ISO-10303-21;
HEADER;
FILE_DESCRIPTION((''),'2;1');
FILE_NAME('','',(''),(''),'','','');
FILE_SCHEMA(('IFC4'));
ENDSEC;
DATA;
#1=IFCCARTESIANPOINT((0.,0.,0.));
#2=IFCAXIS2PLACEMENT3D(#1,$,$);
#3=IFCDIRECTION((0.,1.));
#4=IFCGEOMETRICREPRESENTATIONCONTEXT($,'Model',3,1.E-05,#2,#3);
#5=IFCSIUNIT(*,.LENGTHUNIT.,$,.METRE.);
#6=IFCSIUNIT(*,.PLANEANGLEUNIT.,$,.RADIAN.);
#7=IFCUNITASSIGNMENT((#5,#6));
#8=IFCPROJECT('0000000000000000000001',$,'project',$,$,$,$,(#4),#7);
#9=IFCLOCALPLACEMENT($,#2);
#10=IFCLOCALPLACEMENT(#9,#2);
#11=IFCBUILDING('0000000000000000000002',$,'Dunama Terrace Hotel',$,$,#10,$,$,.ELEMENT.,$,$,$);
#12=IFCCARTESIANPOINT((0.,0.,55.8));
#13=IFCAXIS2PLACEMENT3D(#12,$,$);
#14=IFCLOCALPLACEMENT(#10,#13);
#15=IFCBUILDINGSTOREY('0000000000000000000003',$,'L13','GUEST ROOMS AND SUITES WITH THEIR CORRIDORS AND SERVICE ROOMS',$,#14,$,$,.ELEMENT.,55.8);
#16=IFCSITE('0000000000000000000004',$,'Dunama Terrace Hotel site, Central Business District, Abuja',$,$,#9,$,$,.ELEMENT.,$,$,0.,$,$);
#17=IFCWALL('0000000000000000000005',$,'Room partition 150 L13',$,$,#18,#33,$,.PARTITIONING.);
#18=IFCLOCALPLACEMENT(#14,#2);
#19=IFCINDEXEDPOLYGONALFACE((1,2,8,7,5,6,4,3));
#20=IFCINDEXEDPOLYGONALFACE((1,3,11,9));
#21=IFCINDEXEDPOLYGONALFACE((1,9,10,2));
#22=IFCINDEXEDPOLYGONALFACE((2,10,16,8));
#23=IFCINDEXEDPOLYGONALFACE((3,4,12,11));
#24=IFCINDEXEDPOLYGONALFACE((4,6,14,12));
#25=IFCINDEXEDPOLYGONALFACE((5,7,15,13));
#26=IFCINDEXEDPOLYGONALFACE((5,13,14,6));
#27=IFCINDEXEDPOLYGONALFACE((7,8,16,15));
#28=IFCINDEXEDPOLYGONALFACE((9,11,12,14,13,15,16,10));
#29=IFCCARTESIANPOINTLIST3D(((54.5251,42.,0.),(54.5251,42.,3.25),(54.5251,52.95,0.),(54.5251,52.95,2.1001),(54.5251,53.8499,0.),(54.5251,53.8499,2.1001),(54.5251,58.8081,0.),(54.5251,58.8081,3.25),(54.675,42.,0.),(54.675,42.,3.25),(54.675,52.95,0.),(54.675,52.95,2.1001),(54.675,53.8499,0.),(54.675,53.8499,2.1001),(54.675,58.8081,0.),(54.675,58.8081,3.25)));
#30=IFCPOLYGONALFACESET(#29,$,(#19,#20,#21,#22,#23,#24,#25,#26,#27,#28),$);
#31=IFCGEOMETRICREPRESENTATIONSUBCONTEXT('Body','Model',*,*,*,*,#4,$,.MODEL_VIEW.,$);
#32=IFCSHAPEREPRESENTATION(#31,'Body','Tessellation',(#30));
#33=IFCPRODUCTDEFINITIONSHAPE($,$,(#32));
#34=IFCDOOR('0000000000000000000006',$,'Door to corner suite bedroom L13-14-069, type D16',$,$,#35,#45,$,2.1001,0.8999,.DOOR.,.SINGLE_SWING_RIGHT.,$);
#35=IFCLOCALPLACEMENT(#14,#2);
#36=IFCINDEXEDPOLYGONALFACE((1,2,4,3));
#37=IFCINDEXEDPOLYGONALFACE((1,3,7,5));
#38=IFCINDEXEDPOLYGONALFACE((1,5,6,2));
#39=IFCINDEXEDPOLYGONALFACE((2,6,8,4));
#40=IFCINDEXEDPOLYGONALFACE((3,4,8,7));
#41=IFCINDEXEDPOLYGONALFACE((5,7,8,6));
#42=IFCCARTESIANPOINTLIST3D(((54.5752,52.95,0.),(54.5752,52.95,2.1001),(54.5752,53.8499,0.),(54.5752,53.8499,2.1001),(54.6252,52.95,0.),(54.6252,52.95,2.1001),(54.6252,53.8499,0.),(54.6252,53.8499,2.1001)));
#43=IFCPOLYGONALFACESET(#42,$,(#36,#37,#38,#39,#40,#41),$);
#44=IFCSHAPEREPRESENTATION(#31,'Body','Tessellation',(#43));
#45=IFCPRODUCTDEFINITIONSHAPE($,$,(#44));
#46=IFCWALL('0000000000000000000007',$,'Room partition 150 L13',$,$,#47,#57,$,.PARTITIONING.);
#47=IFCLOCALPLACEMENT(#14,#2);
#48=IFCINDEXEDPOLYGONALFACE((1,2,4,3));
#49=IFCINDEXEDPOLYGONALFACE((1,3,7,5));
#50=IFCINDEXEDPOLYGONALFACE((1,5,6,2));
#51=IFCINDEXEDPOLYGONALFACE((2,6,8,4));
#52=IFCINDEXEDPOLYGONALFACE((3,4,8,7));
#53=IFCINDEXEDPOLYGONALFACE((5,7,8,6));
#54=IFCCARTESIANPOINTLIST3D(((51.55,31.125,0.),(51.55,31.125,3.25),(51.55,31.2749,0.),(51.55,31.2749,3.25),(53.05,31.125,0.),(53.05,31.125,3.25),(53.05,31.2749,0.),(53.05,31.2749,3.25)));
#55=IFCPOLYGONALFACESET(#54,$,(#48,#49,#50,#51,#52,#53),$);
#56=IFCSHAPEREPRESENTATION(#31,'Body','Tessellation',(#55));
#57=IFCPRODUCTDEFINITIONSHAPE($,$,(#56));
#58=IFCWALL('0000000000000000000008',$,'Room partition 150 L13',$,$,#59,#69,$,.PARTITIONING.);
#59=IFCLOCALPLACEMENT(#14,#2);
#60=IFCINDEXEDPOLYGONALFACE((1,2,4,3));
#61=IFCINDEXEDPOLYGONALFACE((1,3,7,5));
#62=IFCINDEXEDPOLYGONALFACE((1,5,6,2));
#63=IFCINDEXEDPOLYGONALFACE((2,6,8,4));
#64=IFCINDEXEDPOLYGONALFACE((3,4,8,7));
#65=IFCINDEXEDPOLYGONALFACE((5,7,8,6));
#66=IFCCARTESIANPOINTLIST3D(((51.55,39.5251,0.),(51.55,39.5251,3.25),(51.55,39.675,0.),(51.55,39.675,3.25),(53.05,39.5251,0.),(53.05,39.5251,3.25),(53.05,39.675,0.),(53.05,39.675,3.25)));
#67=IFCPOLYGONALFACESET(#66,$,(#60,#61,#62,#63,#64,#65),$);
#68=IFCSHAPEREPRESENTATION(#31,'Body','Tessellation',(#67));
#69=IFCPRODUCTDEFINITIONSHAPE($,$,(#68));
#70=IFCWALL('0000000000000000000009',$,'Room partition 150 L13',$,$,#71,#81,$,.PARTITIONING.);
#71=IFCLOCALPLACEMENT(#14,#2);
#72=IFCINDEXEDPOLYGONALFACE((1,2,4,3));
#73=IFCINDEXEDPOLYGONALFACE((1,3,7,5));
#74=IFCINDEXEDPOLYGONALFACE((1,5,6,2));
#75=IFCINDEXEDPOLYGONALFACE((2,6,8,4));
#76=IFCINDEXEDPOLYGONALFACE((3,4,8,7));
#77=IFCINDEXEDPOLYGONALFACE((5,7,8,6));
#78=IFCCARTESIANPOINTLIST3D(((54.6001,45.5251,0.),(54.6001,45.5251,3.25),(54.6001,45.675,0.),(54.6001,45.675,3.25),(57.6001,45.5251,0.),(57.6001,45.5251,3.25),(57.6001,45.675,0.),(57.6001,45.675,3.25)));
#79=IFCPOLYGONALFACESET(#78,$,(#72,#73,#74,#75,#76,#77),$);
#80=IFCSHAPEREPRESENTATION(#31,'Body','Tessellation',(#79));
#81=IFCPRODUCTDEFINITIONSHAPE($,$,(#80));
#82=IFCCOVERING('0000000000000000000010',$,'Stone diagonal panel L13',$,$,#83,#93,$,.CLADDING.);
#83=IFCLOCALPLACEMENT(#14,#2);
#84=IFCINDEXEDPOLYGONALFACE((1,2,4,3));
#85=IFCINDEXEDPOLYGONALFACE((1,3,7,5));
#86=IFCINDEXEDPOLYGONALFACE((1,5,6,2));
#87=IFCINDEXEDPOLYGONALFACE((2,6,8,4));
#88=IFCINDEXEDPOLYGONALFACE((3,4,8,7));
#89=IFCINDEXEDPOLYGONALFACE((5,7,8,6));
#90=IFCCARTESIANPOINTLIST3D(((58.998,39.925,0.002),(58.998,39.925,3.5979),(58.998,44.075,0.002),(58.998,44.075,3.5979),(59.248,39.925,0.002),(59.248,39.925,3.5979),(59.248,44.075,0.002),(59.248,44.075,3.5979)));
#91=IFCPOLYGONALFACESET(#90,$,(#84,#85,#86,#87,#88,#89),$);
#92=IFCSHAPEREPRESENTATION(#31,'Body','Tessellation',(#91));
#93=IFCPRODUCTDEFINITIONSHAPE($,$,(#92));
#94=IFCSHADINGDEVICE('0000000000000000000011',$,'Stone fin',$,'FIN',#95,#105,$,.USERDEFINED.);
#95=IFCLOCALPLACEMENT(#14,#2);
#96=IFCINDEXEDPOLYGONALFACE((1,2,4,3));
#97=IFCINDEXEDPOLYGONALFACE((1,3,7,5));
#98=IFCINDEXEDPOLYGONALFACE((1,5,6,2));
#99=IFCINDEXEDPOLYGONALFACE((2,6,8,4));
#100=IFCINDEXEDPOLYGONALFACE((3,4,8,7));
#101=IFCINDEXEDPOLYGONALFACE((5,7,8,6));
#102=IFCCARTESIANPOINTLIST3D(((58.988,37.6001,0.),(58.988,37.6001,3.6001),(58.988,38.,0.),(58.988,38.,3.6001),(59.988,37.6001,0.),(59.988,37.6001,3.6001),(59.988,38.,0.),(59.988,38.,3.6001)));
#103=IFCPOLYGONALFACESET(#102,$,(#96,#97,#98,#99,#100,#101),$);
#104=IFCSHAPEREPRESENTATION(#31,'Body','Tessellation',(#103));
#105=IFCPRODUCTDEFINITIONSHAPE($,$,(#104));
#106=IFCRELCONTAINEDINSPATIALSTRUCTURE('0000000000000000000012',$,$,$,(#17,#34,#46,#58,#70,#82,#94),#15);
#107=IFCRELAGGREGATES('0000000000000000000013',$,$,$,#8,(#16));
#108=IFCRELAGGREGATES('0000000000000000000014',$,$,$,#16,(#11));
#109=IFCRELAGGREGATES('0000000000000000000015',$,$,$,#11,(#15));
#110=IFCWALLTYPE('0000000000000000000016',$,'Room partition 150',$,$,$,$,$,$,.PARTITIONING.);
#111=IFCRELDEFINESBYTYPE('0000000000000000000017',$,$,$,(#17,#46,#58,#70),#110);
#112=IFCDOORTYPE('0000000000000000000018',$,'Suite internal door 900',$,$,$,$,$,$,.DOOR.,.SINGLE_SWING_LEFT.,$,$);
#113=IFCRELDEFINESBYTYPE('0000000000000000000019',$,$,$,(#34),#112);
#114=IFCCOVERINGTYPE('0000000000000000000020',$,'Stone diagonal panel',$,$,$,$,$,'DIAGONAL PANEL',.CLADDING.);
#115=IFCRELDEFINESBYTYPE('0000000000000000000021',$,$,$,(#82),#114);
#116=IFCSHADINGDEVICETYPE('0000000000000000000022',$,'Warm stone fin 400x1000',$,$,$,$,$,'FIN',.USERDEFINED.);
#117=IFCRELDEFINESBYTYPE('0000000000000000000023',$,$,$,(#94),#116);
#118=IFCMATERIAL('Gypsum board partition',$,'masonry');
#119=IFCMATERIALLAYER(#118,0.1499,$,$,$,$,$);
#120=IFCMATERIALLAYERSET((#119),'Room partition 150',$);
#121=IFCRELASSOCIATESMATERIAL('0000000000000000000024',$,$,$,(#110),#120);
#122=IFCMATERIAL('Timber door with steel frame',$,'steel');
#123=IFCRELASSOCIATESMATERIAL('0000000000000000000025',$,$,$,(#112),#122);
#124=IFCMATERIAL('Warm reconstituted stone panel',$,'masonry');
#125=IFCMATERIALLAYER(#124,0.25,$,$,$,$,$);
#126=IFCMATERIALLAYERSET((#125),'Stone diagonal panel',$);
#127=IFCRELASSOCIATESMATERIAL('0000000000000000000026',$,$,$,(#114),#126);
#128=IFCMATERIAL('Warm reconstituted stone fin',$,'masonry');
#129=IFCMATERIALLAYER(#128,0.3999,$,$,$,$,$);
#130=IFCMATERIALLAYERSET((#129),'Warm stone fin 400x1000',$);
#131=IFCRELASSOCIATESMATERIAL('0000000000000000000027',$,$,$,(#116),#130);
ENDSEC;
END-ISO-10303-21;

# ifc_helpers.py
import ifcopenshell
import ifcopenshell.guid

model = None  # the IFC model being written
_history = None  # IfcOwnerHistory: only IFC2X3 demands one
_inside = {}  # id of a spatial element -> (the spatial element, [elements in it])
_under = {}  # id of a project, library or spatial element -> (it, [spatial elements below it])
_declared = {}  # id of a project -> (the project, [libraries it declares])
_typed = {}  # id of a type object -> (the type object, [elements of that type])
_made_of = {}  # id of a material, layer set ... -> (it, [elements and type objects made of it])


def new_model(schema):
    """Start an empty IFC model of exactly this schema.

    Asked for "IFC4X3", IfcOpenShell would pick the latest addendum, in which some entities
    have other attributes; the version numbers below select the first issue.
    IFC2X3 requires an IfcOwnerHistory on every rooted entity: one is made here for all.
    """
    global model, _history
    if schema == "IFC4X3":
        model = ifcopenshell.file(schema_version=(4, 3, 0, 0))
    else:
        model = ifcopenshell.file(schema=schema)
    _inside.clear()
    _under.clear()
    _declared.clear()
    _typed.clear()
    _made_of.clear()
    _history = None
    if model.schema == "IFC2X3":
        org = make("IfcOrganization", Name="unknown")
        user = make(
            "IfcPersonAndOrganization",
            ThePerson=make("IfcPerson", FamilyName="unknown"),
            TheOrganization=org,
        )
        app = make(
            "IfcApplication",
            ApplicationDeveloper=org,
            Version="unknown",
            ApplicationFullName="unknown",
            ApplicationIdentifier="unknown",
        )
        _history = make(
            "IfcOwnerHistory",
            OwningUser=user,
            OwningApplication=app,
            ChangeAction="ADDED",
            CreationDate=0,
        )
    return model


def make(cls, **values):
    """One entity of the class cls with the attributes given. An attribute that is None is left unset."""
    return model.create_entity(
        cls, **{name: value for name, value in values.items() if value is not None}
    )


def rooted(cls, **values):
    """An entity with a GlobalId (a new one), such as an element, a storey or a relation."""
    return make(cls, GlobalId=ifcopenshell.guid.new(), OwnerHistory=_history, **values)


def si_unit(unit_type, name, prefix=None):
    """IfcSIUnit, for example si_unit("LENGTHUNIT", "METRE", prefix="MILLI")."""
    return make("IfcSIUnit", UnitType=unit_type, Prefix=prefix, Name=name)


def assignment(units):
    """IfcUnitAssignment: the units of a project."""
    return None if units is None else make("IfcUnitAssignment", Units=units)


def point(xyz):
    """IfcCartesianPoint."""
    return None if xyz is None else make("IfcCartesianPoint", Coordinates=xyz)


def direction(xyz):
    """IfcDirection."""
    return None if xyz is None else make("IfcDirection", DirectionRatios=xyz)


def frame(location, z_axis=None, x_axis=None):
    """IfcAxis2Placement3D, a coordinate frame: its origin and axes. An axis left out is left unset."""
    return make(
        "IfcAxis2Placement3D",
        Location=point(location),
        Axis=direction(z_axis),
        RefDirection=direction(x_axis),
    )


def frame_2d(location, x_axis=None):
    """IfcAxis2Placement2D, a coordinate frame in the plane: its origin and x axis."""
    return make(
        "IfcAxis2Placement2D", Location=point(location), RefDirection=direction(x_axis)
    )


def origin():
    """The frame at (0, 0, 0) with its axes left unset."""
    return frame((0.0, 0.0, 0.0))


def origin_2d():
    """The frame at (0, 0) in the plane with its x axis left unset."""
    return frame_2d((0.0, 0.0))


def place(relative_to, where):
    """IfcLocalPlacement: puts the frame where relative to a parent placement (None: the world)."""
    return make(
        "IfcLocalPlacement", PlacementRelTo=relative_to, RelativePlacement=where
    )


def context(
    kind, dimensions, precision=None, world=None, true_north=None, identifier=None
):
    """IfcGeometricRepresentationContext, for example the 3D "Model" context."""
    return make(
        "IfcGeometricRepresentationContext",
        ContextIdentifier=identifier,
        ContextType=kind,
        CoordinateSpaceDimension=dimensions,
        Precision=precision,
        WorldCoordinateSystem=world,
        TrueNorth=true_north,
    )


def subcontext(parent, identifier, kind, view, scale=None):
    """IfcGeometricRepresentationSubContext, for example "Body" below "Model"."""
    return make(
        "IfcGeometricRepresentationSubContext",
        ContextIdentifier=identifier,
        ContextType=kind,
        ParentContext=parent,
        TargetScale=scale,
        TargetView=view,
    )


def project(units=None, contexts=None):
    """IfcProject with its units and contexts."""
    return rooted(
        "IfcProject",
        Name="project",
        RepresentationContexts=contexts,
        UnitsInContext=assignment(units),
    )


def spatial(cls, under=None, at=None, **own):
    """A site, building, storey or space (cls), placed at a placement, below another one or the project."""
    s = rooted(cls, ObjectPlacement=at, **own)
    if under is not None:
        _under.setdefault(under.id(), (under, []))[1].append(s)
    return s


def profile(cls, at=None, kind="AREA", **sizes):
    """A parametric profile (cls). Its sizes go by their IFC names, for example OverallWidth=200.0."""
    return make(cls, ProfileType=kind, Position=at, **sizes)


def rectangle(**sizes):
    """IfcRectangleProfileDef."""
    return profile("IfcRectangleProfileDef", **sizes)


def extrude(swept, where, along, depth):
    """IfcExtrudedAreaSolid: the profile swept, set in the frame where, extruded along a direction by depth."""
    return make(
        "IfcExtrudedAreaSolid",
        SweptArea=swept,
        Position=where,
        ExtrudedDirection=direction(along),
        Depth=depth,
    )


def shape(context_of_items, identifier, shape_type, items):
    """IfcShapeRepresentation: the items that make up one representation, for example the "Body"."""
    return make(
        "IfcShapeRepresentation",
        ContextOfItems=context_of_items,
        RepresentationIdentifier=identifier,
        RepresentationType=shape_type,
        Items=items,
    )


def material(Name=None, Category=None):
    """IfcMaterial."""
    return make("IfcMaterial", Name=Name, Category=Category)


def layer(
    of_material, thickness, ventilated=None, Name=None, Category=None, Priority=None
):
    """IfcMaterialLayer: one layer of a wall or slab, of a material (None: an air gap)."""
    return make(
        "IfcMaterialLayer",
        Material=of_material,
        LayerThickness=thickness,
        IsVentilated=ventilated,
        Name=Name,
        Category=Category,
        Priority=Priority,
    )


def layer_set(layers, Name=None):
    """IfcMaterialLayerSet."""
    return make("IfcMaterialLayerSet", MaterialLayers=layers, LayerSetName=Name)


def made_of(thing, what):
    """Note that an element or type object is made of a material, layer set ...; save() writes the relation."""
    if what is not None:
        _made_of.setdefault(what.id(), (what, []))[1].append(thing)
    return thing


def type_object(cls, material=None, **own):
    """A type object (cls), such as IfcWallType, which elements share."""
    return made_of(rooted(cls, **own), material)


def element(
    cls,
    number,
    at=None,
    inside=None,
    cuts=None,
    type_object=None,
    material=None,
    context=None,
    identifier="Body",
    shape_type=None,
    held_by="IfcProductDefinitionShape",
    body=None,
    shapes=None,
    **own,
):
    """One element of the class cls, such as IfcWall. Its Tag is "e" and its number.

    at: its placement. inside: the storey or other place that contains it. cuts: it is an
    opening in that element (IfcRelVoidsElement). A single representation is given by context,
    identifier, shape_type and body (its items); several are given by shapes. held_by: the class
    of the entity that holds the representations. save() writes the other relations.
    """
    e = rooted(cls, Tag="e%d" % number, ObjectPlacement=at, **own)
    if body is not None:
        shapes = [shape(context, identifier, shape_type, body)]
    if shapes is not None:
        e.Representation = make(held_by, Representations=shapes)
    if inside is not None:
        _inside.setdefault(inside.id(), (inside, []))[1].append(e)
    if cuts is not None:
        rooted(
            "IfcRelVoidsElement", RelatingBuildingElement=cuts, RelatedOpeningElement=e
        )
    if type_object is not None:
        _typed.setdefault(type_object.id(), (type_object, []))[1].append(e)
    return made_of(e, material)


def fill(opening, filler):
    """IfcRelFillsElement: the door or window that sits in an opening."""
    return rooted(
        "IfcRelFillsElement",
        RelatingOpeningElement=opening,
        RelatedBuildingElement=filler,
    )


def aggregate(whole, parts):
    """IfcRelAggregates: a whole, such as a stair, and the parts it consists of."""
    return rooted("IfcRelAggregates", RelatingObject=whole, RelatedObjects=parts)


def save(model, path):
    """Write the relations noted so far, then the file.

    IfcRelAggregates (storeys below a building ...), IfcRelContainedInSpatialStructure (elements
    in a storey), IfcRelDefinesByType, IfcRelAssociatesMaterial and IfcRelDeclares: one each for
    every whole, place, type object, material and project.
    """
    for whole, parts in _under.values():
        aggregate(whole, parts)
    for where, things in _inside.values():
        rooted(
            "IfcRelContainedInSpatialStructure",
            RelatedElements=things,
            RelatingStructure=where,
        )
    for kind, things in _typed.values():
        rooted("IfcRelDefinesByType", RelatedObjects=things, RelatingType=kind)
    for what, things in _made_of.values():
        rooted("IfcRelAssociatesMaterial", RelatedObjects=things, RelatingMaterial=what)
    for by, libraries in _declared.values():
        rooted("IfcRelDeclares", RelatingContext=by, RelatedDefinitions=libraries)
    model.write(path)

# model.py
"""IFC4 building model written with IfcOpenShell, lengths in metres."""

from ifc_helpers import new_model, si_unit, direction, frame, frame_2d, origin, origin_2d, place, context, subcontext, project, spatial, rectangle, extrude, material, layer, layer_set, type_object, element, fill, save


model = new_model("IFC4")

# Units and contexts
model_context = context("Model", 3, precision=1e-05, world=origin(), true_north=direction((0.0, 1.0)))
body_context = subcontext(model_context, "Body", "Model", "MODEL_VIEW")
ifc_project = project(units=[si_unit("LENGTHUNIT", "METRE"), si_unit("PLANEANGLEUNIT", "RADIAN")], contexts=[model_context])

# Site, building, storey
site_placement = place(None, origin())
site = spatial("IfcSite", under=ifc_project, at=site_placement, Name="Dunama Terrace Hotel site, Central Business District, Abuja", CompositionType="ELEMENT", RefElevation=0.0)
building_placement = place(site_placement, origin())
building = spatial("IfcBuilding", under=site, at=building_placement, Name="Dunama Terrace Hotel", CompositionType="ELEMENT")
storey_placement = place(building_placement, frame((0.0, 0.0, 55.8)))
storey = spatial("IfcBuildingStorey", under=building, at=storey_placement, Name="L13", Description="GUEST ROOMS AND SUITES WITH THEIR CORRIDORS AND SERVICE ROOMS", CompositionType="ELEMENT", Elevation=55.8)

# Shared definitions
ifc_material_1 = material(Name="Gypsum board partition", Category="masonry")
ifc_layer_1 = layer(ifc_material_1, 0.1499)
ifc_layer_set_1 = layer_set([ifc_layer_1], Name="Room partition 150")
wall_type_1 = type_object("IfcWallType", Name="Room partition 150", PredefinedType="PARTITIONING", material=ifc_layer_set_1)

# Wall, opening, door
ifc_material_2 = material(Name="Timber door with steel frame", Category="steel")
door_type_1 = type_object("IfcDoorType", Name="Suite internal door 900", OperationType="SINGLE_SWING_LEFT", PredefinedType="DOOR", material=ifc_material_2)
wall_1_placement = place(storey_placement, frame((54.6001, 42.0, 0.0), z_axis=(0.0, 0.0, 1.0), x_axis=(0.0, 1.0, 0.0)))
wall_1 = element("IfcWall", 1, at=wall_1_placement, inside=storey, type_object=wall_type_1, Name="Room partition 150 L13", PredefinedType="PARTITIONING", context=body_context, shape_type="SweptSolid", body=[
    extrude(rectangle(XDim=16.8081, YDim=0.1499, at=frame_2d((8.4041, 0.0))), origin(), (0.0, 0.0, 1.0), 3.25),
])
opening_1_placement = place(wall_1_placement, frame((10.95, 0.0, 0.0)))
opening_1 = element("IfcOpeningElement", 2, at=opening_1_placement, cuts=wall_1, PredefinedType="OPENING", context=body_context, shape_type="SweptSolid", body=[
    extrude(rectangle(XDim=0.8999, YDim=2.1001, at=frame_2d((0.45, 1.05))), frame((0.0, 0.085, 0.0), z_axis=(0.0, -1.0, 0.0), x_axis=(1.0, 0.0, 0.0)), (0.0, 0.0, 1.0), 0.1699),
])
door_1_placement = place(opening_1_placement, frame((0.8999, 0.0, 0.0), z_axis=(0.0, 0.0, 1.0), x_axis=(-1.0, 0.0, 0.0)))
door_1 = element("IfcDoor", 3, at=door_1_placement, inside=storey, type_object=door_type_1, Name="Door to corner suite bedroom L13-14-069, type D16", OperationType="SINGLE_SWING_RIGHT", OverallHeight=2.1001, OverallWidth=0.8999, PredefinedType="DOOR", context=body_context, shape_type="SweptSolid", body=[
    extrude(rectangle(XDim=0.8999, YDim=2.1001, at=frame_2d((0.45, 1.05))), frame((0.0, 0.0251, 0.0), z_axis=(0.0, -1.0, 0.0), x_axis=(1.0, 0.0, 0.0)), (0.0, 0.0, 1.0), 0.05),
])
fill(opening_1, door_1)

# Walls
for number, where, z_axis, x_axis, name in (
    (4, (51.55, 31.2, 0.0), (0.0, 0.0, 1.0), (1.0, 0.0, 0.0), "Room partition 150 L13"),
    (5, (51.55, 39.6001, 0.0), (0.0, 0.0, 1.0), (1.0, 0.0, 0.0), "Room partition 150 L13"),
):
    element("IfcWall", number, at=place(storey_placement, frame(where, z_axis=z_axis, x_axis=x_axis)), inside=storey, type_object=wall_type_1, Name=name, PredefinedType="PARTITIONING", context=body_context, shape_type="SweptSolid", body=[
        extrude(rectangle(XDim=1.5, YDim=0.1499, at=frame_2d((0.75, 0.0))), origin(), (0.0, 0.0, 1.0), 3.25),
    ])
wall_2_placement = place(storey_placement, frame((54.6001, 45.6001, 0.0), z_axis=(0.0, 0.0, 1.0), x_axis=(1.0, 0.0, 0.0)))
element("IfcWall", 6, at=wall_2_placement, inside=storey, type_object=wall_type_1, Name="Room partition 150 L13", PredefinedType="PARTITIONING", context=body_context, shape_type="SweptSolid", body=[
    extrude(rectangle(XDim=3.0, YDim=0.1499, at=frame_2d((1.5, 0.0))), origin(), (0.0, 0.0, 1.0), 3.25),
])

# Covering
ifc_material_3 = material(Name="Warm reconstituted stone panel", Category="masonry")
ifc_layer_2 = layer(ifc_material_3, 0.25)
ifc_layer_set_2 = layer_set([ifc_layer_2], Name="Stone diagonal panel")
covering_type = type_object("IfcCoveringType", Name="Stone diagonal panel", ElementType="DIAGONAL PANEL", PredefinedType="CLADDING", material=ifc_layer_set_2)
covering_placement = place(storey_placement, frame((59.123, 42.0, 0.002), z_axis=(0.0, 0.0, 1.0), x_axis=(0.0, 1.0, 0.0)))
element("IfcCovering", 7, at=covering_placement, inside=storey, type_object=covering_type, Name="Stone diagonal panel L13", PredefinedType="CLADDING", context=body_context, shape_type="SweptSolid", body=[
    extrude(rectangle(XDim=4.1499, YDim=0.25, at=origin_2d()), origin(), (0.0, 0.0, 1.0), 3.5959),
])

# Shading device
ifc_material_4 = material(Name="Warm reconstituted stone fin", Category="masonry")
ifc_layer_3 = layer(ifc_material_4, 0.3999)
ifc_layer_set_3 = layer_set([ifc_layer_3], Name="Warm stone fin 400x1000")
shading_device_type = type_object("IfcShadingDeviceType", Name="Warm stone fin 400x1000", ElementType="FIN", PredefinedType="USERDEFINED", material=ifc_layer_set_3)
shading_device_placement = place(storey_placement, frame((59.488, 37.8, 0.0), z_axis=(0.0, 0.0, 1.0), x_axis=(0.0, 1.0, 0.0)))
element("IfcShadingDevice", 8, at=shading_device_placement, inside=storey, type_object=shading_device_type, Name="Stone fin", ObjectType="FIN", PredefinedType="USERDEFINED", context=body_context, shape_type="SweptSolid", body=[
    extrude(rectangle(XDim=0.3999, YDim=1.0, at=origin_2d()), origin(), (0.0, 0.0, 1.0), 3.6001),
])

save(model, "model.ifc")
